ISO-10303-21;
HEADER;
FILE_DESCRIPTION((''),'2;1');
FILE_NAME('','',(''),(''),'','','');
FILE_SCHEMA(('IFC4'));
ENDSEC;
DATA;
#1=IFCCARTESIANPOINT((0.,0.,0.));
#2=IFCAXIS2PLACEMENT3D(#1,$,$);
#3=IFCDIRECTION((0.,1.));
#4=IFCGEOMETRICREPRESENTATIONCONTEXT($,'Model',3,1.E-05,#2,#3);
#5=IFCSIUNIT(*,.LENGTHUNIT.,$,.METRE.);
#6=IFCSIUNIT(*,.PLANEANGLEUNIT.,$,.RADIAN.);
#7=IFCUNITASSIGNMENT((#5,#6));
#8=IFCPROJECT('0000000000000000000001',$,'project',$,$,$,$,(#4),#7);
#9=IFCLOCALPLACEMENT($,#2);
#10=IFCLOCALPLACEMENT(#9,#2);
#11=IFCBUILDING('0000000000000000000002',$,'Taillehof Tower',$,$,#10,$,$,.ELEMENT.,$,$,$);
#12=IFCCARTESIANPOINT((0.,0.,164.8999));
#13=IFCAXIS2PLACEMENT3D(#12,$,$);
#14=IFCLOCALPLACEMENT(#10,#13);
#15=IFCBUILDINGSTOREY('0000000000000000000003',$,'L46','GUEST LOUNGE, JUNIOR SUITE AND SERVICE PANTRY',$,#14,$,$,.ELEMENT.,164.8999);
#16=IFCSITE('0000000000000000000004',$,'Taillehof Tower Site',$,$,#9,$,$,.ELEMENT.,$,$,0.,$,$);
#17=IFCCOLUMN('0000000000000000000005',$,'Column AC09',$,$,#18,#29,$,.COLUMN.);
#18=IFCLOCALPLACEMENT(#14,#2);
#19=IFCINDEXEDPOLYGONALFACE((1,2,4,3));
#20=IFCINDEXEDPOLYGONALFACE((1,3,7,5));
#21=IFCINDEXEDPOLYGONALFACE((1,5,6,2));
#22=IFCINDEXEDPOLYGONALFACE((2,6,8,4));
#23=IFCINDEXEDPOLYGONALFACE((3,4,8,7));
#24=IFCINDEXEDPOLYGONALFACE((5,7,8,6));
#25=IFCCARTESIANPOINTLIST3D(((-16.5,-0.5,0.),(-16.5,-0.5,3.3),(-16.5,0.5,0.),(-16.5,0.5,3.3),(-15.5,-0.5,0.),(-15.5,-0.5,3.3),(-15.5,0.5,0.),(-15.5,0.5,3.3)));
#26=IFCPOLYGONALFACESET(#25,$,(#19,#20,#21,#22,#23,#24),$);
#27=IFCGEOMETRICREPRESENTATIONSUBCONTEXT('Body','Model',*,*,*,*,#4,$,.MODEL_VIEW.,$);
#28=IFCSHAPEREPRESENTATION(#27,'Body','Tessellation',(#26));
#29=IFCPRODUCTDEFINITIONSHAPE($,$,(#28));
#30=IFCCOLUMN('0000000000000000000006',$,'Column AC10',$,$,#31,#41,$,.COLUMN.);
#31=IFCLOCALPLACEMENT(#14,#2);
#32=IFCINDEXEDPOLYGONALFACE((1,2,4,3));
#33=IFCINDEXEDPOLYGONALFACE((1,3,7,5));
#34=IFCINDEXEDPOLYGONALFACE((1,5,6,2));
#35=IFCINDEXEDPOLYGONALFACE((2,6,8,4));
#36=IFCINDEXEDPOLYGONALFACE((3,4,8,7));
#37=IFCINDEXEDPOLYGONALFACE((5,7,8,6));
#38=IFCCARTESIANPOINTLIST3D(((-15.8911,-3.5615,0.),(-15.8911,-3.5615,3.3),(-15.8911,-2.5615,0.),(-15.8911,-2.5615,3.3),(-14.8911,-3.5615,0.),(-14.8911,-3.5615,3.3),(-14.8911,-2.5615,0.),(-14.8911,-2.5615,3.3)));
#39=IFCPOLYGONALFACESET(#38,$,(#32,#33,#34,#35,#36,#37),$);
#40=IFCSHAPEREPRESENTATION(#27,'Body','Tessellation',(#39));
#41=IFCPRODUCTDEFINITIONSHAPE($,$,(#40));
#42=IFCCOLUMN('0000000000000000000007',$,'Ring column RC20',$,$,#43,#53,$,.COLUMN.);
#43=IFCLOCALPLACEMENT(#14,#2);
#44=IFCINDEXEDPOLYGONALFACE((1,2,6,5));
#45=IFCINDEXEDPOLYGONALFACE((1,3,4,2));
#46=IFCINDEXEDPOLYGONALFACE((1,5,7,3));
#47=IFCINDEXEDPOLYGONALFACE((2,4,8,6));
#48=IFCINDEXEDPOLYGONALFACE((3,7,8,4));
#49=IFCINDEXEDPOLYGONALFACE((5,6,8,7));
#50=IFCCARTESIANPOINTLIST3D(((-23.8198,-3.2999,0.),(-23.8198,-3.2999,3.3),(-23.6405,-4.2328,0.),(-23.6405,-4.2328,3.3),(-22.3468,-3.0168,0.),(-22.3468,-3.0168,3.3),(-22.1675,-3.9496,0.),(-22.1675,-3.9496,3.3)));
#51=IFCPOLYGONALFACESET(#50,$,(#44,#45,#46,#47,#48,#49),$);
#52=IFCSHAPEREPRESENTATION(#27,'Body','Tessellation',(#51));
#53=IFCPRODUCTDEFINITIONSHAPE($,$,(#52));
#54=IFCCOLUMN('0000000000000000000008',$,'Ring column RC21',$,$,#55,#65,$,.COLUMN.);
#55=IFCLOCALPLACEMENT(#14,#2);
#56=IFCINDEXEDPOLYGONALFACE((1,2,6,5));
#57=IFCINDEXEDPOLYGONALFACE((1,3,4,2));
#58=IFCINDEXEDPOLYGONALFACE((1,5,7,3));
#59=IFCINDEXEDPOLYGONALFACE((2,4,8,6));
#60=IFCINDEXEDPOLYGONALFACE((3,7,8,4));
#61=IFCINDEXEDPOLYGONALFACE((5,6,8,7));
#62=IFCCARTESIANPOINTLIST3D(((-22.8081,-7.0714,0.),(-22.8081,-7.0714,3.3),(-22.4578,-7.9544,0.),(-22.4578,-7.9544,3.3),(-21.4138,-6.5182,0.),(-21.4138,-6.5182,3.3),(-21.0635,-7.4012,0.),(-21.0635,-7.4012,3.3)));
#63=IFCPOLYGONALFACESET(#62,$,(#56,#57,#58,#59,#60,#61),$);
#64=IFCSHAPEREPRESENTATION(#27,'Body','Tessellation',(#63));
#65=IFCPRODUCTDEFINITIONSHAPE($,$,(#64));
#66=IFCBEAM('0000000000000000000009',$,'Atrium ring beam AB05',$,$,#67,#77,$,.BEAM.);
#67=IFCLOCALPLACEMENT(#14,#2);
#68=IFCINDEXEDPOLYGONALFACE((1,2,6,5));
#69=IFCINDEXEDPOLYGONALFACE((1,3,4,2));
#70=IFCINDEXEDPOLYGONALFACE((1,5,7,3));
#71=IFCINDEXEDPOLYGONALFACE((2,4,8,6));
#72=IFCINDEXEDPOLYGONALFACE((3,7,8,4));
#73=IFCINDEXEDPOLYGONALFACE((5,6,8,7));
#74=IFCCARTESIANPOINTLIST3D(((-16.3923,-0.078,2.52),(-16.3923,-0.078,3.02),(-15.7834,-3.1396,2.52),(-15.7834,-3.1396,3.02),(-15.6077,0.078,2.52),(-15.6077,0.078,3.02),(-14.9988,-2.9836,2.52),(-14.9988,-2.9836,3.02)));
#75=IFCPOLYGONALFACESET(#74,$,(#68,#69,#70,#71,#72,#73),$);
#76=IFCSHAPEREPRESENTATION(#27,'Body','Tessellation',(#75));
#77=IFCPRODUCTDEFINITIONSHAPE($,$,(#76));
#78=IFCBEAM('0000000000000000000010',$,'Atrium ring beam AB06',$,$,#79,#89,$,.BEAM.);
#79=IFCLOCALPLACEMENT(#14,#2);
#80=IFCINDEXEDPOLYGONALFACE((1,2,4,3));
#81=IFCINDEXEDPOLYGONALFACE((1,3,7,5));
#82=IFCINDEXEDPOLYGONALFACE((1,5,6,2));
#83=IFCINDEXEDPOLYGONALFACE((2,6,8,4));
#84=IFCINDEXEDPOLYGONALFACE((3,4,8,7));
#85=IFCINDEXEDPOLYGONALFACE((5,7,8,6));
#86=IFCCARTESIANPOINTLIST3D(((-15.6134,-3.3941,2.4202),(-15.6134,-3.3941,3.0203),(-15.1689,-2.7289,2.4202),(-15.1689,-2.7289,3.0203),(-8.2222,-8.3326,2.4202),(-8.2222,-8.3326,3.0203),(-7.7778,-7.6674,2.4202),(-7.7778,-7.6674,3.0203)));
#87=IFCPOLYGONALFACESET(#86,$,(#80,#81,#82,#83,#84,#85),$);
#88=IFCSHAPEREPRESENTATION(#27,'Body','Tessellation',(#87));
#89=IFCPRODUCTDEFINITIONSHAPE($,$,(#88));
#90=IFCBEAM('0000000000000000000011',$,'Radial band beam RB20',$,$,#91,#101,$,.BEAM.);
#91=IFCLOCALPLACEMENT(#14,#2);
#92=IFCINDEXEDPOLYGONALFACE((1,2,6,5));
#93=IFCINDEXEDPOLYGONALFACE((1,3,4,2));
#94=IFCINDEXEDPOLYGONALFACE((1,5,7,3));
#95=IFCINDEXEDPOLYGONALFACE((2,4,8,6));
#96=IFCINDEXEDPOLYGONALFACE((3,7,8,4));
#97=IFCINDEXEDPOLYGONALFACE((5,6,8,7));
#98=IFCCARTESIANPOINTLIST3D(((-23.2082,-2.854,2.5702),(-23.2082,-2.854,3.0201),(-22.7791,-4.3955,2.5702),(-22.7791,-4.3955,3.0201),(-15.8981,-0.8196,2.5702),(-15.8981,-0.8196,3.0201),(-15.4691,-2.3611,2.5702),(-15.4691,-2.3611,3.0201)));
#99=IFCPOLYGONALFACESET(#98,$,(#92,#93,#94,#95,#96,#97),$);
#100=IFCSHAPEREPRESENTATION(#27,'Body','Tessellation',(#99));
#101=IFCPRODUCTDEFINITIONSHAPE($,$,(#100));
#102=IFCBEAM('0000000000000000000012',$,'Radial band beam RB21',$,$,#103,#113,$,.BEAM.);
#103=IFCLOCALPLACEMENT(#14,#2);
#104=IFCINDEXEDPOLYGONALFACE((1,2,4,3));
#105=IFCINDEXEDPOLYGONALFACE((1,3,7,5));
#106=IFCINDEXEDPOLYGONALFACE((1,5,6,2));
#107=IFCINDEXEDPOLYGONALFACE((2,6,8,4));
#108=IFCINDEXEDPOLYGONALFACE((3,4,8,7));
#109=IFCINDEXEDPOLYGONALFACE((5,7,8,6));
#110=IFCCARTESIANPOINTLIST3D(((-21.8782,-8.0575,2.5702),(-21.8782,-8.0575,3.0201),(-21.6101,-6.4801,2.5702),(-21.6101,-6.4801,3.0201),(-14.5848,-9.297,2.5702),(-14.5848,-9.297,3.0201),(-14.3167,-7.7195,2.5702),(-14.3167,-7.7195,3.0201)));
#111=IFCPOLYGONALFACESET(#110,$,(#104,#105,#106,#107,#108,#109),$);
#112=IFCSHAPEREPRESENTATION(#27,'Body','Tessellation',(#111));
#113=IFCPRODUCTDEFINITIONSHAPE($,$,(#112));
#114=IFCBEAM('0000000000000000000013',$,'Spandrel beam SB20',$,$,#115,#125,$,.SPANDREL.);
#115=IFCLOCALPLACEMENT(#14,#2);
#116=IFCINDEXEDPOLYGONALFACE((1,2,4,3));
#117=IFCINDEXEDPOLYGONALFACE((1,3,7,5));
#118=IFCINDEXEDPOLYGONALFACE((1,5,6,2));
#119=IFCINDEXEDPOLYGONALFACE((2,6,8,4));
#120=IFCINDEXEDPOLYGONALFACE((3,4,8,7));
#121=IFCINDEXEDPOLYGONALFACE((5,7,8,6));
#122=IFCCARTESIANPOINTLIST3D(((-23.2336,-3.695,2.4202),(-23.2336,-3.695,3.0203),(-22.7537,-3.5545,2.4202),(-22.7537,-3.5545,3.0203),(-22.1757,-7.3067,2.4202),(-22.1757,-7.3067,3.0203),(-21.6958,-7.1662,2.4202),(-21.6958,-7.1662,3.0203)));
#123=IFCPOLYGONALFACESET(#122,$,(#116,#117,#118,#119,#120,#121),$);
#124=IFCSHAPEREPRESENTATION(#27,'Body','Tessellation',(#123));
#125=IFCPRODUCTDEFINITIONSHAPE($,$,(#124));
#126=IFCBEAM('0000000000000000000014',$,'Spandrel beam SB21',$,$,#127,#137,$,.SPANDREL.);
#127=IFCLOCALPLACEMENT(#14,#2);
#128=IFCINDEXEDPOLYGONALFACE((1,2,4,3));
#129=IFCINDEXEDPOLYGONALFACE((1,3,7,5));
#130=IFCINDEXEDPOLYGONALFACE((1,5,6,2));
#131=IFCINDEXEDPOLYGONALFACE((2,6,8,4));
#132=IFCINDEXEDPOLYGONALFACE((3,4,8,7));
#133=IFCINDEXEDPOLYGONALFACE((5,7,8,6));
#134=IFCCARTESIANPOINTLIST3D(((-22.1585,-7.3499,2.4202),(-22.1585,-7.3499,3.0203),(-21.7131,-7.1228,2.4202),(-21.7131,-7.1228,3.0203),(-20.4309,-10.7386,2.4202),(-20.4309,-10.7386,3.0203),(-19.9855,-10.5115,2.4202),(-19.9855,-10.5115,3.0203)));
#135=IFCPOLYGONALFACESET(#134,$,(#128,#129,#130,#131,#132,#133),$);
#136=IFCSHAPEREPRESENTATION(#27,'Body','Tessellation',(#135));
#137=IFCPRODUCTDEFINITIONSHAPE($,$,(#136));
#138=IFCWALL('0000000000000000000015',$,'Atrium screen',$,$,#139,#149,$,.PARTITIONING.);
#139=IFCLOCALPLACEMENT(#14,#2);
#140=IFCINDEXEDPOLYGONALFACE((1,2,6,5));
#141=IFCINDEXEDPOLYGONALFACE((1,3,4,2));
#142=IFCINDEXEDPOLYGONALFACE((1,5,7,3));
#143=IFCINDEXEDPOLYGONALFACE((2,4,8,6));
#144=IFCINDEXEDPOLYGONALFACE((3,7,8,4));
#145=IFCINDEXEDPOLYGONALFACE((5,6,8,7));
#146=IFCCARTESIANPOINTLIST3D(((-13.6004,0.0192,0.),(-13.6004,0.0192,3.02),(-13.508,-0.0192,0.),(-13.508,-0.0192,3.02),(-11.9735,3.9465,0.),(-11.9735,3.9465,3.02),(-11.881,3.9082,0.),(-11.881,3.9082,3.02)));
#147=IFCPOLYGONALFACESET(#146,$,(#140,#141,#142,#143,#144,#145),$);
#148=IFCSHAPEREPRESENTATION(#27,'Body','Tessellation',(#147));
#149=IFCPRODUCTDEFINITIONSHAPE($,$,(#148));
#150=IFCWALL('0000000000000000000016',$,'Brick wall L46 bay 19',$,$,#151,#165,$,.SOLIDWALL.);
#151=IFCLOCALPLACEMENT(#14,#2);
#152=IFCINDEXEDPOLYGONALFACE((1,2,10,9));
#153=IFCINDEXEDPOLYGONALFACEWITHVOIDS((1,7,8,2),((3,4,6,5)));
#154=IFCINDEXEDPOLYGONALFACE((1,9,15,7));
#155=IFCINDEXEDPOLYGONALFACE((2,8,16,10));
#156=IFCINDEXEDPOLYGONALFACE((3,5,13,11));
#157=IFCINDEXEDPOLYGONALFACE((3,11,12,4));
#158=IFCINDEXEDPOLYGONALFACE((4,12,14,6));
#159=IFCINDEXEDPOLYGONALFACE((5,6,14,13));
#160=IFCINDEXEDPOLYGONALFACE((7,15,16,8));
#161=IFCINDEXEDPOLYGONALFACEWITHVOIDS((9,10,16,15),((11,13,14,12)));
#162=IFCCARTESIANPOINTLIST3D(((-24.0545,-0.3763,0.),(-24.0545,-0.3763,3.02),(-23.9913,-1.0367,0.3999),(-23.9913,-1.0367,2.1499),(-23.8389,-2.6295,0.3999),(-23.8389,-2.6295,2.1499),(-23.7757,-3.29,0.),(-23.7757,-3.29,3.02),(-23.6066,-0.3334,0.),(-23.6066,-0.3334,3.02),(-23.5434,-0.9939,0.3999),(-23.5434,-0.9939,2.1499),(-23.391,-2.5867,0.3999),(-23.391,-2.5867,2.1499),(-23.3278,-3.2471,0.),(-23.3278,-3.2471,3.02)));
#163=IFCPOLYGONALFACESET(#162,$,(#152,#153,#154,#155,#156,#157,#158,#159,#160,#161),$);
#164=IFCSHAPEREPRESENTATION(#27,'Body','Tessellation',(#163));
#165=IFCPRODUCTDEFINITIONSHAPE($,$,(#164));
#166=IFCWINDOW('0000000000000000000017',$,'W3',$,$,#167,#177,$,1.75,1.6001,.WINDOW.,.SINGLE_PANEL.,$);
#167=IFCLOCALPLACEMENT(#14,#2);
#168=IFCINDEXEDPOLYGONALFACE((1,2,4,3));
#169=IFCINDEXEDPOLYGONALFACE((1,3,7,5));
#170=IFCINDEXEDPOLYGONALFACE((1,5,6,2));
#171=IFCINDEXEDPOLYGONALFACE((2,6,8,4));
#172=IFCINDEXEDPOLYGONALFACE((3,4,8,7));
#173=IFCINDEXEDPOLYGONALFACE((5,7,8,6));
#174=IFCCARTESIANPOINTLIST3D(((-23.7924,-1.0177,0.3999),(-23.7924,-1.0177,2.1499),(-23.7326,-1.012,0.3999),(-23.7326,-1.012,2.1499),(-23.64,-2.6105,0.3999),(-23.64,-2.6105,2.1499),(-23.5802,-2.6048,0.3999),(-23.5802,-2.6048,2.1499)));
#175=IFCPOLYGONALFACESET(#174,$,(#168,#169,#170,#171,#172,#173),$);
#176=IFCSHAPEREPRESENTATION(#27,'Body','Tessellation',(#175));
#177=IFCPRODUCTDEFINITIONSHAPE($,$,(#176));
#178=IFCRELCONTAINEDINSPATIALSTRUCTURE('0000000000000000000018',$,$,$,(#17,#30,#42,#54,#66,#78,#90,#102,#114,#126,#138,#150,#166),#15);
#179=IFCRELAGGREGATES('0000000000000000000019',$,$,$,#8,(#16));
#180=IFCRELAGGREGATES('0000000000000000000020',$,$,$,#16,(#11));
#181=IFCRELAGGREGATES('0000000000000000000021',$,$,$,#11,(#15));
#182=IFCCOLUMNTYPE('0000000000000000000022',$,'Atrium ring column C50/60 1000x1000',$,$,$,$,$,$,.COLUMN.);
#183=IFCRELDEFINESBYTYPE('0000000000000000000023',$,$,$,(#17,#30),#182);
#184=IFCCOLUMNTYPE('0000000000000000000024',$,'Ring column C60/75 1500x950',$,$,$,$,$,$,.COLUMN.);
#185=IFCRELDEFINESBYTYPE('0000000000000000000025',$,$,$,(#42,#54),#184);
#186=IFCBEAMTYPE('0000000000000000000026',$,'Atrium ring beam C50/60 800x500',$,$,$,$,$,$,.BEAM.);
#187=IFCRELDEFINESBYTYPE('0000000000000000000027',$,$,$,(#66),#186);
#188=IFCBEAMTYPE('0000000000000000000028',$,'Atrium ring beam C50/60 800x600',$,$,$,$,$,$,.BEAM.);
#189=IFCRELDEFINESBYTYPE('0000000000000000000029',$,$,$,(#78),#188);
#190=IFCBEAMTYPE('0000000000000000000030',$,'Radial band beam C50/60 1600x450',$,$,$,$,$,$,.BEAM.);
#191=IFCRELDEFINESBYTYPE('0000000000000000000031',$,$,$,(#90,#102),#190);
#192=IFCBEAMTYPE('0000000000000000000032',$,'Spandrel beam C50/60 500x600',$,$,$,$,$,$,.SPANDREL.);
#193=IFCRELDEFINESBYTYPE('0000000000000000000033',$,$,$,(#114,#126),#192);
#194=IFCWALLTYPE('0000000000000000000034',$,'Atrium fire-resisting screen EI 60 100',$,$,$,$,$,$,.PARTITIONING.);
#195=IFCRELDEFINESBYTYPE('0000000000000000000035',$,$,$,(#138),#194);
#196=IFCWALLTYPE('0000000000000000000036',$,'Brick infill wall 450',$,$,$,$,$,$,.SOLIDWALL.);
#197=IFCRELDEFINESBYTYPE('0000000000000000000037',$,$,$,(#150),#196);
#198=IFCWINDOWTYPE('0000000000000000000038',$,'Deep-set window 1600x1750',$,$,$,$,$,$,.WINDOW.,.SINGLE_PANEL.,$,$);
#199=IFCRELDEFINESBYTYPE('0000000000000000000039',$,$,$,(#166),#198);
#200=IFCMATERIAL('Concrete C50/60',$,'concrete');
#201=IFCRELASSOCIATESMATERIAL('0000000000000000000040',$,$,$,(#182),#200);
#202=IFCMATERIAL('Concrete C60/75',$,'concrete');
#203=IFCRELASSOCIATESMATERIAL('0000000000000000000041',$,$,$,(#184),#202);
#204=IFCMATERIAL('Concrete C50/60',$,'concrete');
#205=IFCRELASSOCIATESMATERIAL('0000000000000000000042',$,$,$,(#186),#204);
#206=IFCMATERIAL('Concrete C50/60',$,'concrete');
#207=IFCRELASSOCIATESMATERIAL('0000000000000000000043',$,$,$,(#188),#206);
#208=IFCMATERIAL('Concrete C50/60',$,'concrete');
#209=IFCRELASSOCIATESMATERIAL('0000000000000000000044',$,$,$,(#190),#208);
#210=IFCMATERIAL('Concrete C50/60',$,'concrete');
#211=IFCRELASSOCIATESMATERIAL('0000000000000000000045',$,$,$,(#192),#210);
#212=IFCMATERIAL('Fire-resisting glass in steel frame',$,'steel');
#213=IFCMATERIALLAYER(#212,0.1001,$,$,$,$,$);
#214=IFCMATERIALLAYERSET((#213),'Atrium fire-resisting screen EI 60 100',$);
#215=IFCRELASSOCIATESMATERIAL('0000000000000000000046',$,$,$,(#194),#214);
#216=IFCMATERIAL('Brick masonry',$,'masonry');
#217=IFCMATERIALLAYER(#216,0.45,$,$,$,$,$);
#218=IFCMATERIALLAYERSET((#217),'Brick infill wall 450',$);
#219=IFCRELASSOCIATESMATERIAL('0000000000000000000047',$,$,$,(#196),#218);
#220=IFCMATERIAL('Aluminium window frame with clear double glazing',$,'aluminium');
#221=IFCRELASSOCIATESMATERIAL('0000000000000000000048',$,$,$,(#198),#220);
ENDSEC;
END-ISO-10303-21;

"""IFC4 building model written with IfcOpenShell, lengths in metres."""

from ifc_helpers import new_model, si_unit, direction, frame, frame_2d, origin, origin_2d, place, context, subcontext, project, spatial, rectangle, extrude, material, layer, layer_set, material_profile, profile_set, type_object, element, fill, save


model = new_model("IFC4")

# Units and contexts
model_context = context("Model", 3, precision=1e-05, world=origin(), true_north=direction((0.0, 1.0)))
body_context = subcontext(model_context, "Body", "Model", "MODEL_VIEW")
ifc_project = project(units=[si_unit("LENGTHUNIT", "METRE"), si_unit("PLANEANGLEUNIT", "RADIAN")], contexts=[model_context])

# Site, building, storey
site_placement = place(None, origin())
site = spatial("IfcSite", under=ifc_project, at=site_placement, Name="Taillehof Tower Site", CompositionType="ELEMENT", RefElevation=0.0)
building_placement = place(site_placement, origin())
building = spatial("IfcBuilding", under=site, at=building_placement, Name="Taillehof Tower", CompositionType="ELEMENT")
storey_placement = place(building_placement, frame((0.0, 0.0, 164.8999)))
storey = spatial("IfcBuildingStorey", under=building, at=storey_placement, Name="L46", Description="GUEST LOUNGE, JUNIOR SUITE AND SERVICE PANTRY", CompositionType="ELEMENT", Elevation=164.8999)

# Columns
ifc_material_1 = material(Name="Concrete C50/60", Category="concrete")
ifc_material_profile_1 = material_profile(ifc_material_1, rectangle(XDim=1.0, YDim=1.0, at=origin_2d()), Name="RC 1000x1000")
ifc_profile_set_1 = profile_set([ifc_material_profile_1], Name="Concrete C50/60")
column_type_1 = type_object("IfcColumnType", Name="Atrium ring column C50/60 1000x1000", PredefinedType="COLUMN", material=ifc_profile_set_1)
for number, where, z_axis, x_axis, name in (
    (1, (-16.0, 0.0, 0.0), (0.0, 0.0, 1.0), (1.0, 0.0, 0.0), "Column AC09"),
    (2, (-15.3911, -3.0615, 0.0), (0.0, 0.0, 1.0), (1.0, 0.0, 0.0), "Column AC10"),
):
    element("IfcColumn", number, at=place(storey_placement, frame(where, z_axis=z_axis, x_axis=x_axis)), inside=storey, type_object=column_type_1, Name=name, PredefinedType="COLUMN", context=body_context, shape_type="SweptSolid", body=[
        extrude(rectangle(XDim=1.0, YDim=1.0, at=origin_2d()), origin(), (0.0, 0.0, 1.0), 3.3),
    ])
ifc_material_2 = material(Name="Concrete C60/75", Category="concrete")
ifc_material_profile_2 = material_profile(ifc_material_2, rectangle(XDim=1.5, YDim=0.95, at=origin_2d()), Name="RC 1500x950")
ifc_profile_set_2 = profile_set([ifc_material_profile_2], Name="Concrete C60/75")
column_type_2 = type_object("IfcColumnType", Name="Ring column C60/75 1500x950", PredefinedType="COLUMN", material=ifc_profile_set_2)
for number, where, z_axis, x_axis, name in (
    (3, (-22.9937, -3.6248, 0.0), (0.0, 0.0, 1.0), (-0.982024, -0.188757, 0.0), "Ring column RC20"),
    (4, (-21.9358, -7.2363, 0.0), (0.0, 0.0, 1.0), (-0.929511, -0.368793, 0.0), "Ring column RC21"),
):
    element("IfcColumn", number, at=place(storey_placement, frame(where, z_axis=z_axis, x_axis=x_axis)), inside=storey, type_object=column_type_2, Name=name, PredefinedType="COLUMN", context=body_context, shape_type="SweptSolid", body=[
        extrude(rectangle(XDim=1.5, YDim=0.95, at=origin_2d()), origin(), (0.0, 0.0, 1.0), 3.3),
    ])

# Beams
ifc_material_3 = material(Name="Concrete C50/60", Category="concrete")
ifc_material_profile_3 = material_profile(ifc_material_3, rectangle(XDim=0.8, YDim=0.5, at=origin_2d()), Name="RC 800x500")
ifc_profile_set_3 = profile_set([ifc_material_profile_3], Name="Concrete C50/60")
beam_type_1 = type_object("IfcBeamType", Name="Atrium ring beam C50/60 800x500", PredefinedType="BEAM", material=ifc_profile_set_3)
beam_1_placement = place(storey_placement, frame((-16.0, 0.0, 2.77), z_axis=(0.195063, -0.980791, 0.0), x_axis=(0.980791, 0.195063, 0.0)))
element("IfcBeam", 5, at=beam_1_placement, inside=storey, type_object=beam_type_1, Name="Atrium ring beam AB05", PredefinedType="BEAM", context=body_context, shape_type="SweptSolid", body=[
    extrude(rectangle(XDim=0.8, YDim=0.5, at=origin_2d()), origin(), (0.0, 0.0, 1.0), 3.1216),
])
ifc_material_4 = material(Name="Concrete C50/60", Category="concrete")
ifc_material_profile_4 = material_profile(ifc_material_4, rectangle(XDim=0.8, YDim=0.6001, at=origin_2d()), Name="RC 800x600")
ifc_profile_set_4 = profile_set([ifc_material_profile_4], Name="Concrete C50/60")
beam_type_2 = type_object("IfcBeamType", Name="Atrium ring beam C50/60 800x600", PredefinedType="BEAM", material=ifc_profile_set_4)
beam_2_placement = place(storey_placement, frame((-15.3911, -3.0615, 2.7202), z_axis=(0.831475, -0.555562, 0.0), x_axis=(0.555562, 0.831475, 0.0)))
element("IfcBeam", 6, at=beam_2_placement, inside=storey, type_object=beam_type_2, Name="Atrium ring beam AB06", PredefinedType="BEAM", context=body_context, shape_type="SweptSolid", body=[
    extrude(rectangle(XDim=0.8, YDim=0.6001, at=origin_2d()), origin(), (0.0, 0.0, 1.0), 8.8892),
])
ifc_material_5 = material(Name="Concrete C50/60", Category="concrete")
ifc_material_profile_5 = material_profile(ifc_material_5, rectangle(XDim=1.6001, YDim=0.45, at=origin_2d()), Name="RC 1600x450")
ifc_profile_set_5 = profile_set([ifc_material_profile_5], Name="Concrete C50/60")
beam_type_3 = type_object("IfcBeamType", Name="Radial band beam C50/60 1600x450", PredefinedType="BEAM", material=ifc_profile_set_5)
beam_3_placement = place(storey_placement, frame((-22.9937, -3.6248, 2.7952), z_axis=(0.963387, 0.268115, 0.0), x_axis=(-0.268115, 0.963387, 0.0)))
element("IfcBeam", 7, at=beam_3_placement, inside=storey, type_object=beam_type_3, Name="Radial band beam RB20", PredefinedType="BEAM", context=body_context, shape_type="SweptSolid", body=[
    extrude(rectangle(XDim=1.6001, YDim=0.45, at=origin_2d()), origin(), (0.0, 0.0, 1.0), 7.5879),
])
beam_4_placement = place(storey_placement, frame((-21.7441, -7.2688, 2.7952), z_axis=(0.985864, -0.167545, 0.0), x_axis=(0.167545, 0.985864, 0.0)))
element("IfcBeam", 8, at=beam_4_placement, inside=storey, type_object=beam_type_3, Name="Radial band beam RB21", PredefinedType="BEAM", context=body_context, shape_type="SweptSolid", body=[
    extrude(rectangle(XDim=1.6001, YDim=0.45, at=origin_2d()), origin(), (0.0, 0.0, 1.0), 7.3979),
])
ifc_material_6 = material(Name="Concrete C50/60", Category="concrete")
ifc_material_profile_6 = material_profile(ifc_material_6, rectangle(XDim=0.5, YDim=0.6001, at=origin_2d()), Name="RC 500x600")
ifc_profile_set_6 = profile_set([ifc_material_profile_6], Name="Concrete C50/60")
beam_type_4 = type_object("IfcBeamType", Name="Spandrel beam C50/60 500x600", PredefinedType="SPANDREL", material=ifc_profile_set_6)
beam_5_placement = place(storey_placement, frame((-22.9937, -3.6248, 2.7202), z_axis=(0.281098, -0.959679, 0.0), x_axis=(0.959679, 0.281098, 0.0)))
element("IfcBeam", 9, at=beam_5_placement, inside=storey, type_object=beam_type_4, Name="Spandrel beam SB20", PredefinedType="SPANDREL", context=body_context, shape_type="SweptSolid", body=[
    extrude(rectangle(XDim=0.5, YDim=0.6001, at=origin_2d()), origin(), (0.0, 0.0, 1.0), 3.7634),
])
beam_6_placement = place(storey_placement, frame((-21.9358, -7.2363, 2.7202), z_axis=(0.454183, -0.890908, 0.0), x_axis=(0.890908, 0.454183, 0.0)))
element("IfcBeam", 10, at=beam_6_placement, inside=storey, type_object=beam_type_4, Name="Spandrel beam SB21", PredefinedType="SPANDREL", context=body_context, shape_type="SweptSolid", body=[
    extrude(rectangle(XDim=0.5, YDim=0.6001, at=origin_2d()), origin(), (0.0, 0.0, 1.0), 3.8037),
])

# Wall
ifc_material_7 = material(Name="Fire-resisting glass in steel frame", Category="steel")
ifc_layer_1 = layer(ifc_material_7, 0.1001)
ifc_layer_set_1 = layer_set([ifc_layer_1], Name="Atrium fire-resisting screen EI 60 100")
wall_type_1 = type_object("IfcWallType", Name="Atrium fire-resisting screen EI 60 100", PredefinedType="PARTITIONING", material=ifc_layer_set_1)
wall_1_placement = place(storey_placement, frame((-13.5542, 0.0, 0.0), z_axis=(0.0, 0.0, 1.0), x_axis=(0.382731, 0.92386, 0.0)))
element("IfcWall", 11, at=wall_1_placement, inside=storey, type_object=wall_type_1, Name="Atrium screen", PredefinedType="PARTITIONING", context=body_context, shape_type="SweptSolid", body=[
    extrude(rectangle(XDim=4.251, YDim=0.1001, at=frame_2d((2.1255, 0.0))), origin(), (0.0, 0.0, 1.0), 3.02),
])

# Wall, opening, window
ifc_material_8 = material(Name="Brick masonry", Category="masonry")
ifc_layer_2 = layer(ifc_material_8, 0.45)
ifc_layer_set_2 = layer_set([ifc_layer_2], Name="Brick infill wall 450")
wall_type_2 = type_object("IfcWallType", Name="Brick infill wall 450", PredefinedType="SOLIDWALL", material=ifc_layer_set_2)
wall_2_placement = place(storey_placement, frame((-23.8306, -0.355, 0.0), z_axis=(0.0, 0.0, 1.0), x_axis=(0.095258, -0.995453, 0.0)))
wall_2 = element("IfcWall", 12, at=wall_2_placement, inside=storey, type_object=wall_type_2, Name="Brick wall L46 bay 19", PredefinedType="SOLIDWALL", context=body_context, shape_type="SweptSolid", body=[
    extrude(rectangle(XDim=2.927, YDim=0.45, at=frame_2d((1.4634, 0.0))), origin(), (0.0, 0.0, 1.0), 3.02),
])
opening_1_placement = place(wall_2_placement, frame((0.6633, 0.0, 0.3999)))
opening_1 = element("IfcOpeningElement", 13, at=opening_1_placement, cuts=wall_2, PredefinedType="OPENING", context=body_context, shape_type="SweptSolid", body=[
    extrude(rectangle(XDim=1.6001, YDim=1.75, at=frame_2d((0.8, 0.875))), frame((0.0, 0.2349, 0.0), z_axis=(0.0, -1.0, 0.0), x_axis=(1.0, 0.0, 0.0)), (0.0, 0.0, 1.0), 0.47),
])
ifc_material_9 = material(Name="Aluminium window frame with clear double glazing", Category="aluminium")
window_type = type_object("IfcWindowType", Name="Deep-set window 1600x1750", PartitioningType="SINGLE_PANEL", PredefinedType="WINDOW", material=ifc_material_9)
window_1_placement = place(opening_1_placement, origin())
window_1 = element("IfcWindow", 14, at=window_1_placement, inside=storey, type_object=window_type, Name="W3", OverallHeight=1.75, OverallWidth=1.6001, PartitioningType="SINGLE_PANEL", PredefinedType="WINDOW", context=body_context, shape_type="SweptSolid", body=[
    extrude(rectangle(XDim=1.6001, YDim=1.75, at=frame_2d((0.8, 0.875))), frame((0.0, 0.0349, 0.0), z_axis=(0.0, -1.0, 0.0), x_axis=(1.0, 0.0, 0.0)), (0.0, 0.0, 1.0), 0.0601),
])
fill(opening_1, window_1)

save(model, "model.ifc")
